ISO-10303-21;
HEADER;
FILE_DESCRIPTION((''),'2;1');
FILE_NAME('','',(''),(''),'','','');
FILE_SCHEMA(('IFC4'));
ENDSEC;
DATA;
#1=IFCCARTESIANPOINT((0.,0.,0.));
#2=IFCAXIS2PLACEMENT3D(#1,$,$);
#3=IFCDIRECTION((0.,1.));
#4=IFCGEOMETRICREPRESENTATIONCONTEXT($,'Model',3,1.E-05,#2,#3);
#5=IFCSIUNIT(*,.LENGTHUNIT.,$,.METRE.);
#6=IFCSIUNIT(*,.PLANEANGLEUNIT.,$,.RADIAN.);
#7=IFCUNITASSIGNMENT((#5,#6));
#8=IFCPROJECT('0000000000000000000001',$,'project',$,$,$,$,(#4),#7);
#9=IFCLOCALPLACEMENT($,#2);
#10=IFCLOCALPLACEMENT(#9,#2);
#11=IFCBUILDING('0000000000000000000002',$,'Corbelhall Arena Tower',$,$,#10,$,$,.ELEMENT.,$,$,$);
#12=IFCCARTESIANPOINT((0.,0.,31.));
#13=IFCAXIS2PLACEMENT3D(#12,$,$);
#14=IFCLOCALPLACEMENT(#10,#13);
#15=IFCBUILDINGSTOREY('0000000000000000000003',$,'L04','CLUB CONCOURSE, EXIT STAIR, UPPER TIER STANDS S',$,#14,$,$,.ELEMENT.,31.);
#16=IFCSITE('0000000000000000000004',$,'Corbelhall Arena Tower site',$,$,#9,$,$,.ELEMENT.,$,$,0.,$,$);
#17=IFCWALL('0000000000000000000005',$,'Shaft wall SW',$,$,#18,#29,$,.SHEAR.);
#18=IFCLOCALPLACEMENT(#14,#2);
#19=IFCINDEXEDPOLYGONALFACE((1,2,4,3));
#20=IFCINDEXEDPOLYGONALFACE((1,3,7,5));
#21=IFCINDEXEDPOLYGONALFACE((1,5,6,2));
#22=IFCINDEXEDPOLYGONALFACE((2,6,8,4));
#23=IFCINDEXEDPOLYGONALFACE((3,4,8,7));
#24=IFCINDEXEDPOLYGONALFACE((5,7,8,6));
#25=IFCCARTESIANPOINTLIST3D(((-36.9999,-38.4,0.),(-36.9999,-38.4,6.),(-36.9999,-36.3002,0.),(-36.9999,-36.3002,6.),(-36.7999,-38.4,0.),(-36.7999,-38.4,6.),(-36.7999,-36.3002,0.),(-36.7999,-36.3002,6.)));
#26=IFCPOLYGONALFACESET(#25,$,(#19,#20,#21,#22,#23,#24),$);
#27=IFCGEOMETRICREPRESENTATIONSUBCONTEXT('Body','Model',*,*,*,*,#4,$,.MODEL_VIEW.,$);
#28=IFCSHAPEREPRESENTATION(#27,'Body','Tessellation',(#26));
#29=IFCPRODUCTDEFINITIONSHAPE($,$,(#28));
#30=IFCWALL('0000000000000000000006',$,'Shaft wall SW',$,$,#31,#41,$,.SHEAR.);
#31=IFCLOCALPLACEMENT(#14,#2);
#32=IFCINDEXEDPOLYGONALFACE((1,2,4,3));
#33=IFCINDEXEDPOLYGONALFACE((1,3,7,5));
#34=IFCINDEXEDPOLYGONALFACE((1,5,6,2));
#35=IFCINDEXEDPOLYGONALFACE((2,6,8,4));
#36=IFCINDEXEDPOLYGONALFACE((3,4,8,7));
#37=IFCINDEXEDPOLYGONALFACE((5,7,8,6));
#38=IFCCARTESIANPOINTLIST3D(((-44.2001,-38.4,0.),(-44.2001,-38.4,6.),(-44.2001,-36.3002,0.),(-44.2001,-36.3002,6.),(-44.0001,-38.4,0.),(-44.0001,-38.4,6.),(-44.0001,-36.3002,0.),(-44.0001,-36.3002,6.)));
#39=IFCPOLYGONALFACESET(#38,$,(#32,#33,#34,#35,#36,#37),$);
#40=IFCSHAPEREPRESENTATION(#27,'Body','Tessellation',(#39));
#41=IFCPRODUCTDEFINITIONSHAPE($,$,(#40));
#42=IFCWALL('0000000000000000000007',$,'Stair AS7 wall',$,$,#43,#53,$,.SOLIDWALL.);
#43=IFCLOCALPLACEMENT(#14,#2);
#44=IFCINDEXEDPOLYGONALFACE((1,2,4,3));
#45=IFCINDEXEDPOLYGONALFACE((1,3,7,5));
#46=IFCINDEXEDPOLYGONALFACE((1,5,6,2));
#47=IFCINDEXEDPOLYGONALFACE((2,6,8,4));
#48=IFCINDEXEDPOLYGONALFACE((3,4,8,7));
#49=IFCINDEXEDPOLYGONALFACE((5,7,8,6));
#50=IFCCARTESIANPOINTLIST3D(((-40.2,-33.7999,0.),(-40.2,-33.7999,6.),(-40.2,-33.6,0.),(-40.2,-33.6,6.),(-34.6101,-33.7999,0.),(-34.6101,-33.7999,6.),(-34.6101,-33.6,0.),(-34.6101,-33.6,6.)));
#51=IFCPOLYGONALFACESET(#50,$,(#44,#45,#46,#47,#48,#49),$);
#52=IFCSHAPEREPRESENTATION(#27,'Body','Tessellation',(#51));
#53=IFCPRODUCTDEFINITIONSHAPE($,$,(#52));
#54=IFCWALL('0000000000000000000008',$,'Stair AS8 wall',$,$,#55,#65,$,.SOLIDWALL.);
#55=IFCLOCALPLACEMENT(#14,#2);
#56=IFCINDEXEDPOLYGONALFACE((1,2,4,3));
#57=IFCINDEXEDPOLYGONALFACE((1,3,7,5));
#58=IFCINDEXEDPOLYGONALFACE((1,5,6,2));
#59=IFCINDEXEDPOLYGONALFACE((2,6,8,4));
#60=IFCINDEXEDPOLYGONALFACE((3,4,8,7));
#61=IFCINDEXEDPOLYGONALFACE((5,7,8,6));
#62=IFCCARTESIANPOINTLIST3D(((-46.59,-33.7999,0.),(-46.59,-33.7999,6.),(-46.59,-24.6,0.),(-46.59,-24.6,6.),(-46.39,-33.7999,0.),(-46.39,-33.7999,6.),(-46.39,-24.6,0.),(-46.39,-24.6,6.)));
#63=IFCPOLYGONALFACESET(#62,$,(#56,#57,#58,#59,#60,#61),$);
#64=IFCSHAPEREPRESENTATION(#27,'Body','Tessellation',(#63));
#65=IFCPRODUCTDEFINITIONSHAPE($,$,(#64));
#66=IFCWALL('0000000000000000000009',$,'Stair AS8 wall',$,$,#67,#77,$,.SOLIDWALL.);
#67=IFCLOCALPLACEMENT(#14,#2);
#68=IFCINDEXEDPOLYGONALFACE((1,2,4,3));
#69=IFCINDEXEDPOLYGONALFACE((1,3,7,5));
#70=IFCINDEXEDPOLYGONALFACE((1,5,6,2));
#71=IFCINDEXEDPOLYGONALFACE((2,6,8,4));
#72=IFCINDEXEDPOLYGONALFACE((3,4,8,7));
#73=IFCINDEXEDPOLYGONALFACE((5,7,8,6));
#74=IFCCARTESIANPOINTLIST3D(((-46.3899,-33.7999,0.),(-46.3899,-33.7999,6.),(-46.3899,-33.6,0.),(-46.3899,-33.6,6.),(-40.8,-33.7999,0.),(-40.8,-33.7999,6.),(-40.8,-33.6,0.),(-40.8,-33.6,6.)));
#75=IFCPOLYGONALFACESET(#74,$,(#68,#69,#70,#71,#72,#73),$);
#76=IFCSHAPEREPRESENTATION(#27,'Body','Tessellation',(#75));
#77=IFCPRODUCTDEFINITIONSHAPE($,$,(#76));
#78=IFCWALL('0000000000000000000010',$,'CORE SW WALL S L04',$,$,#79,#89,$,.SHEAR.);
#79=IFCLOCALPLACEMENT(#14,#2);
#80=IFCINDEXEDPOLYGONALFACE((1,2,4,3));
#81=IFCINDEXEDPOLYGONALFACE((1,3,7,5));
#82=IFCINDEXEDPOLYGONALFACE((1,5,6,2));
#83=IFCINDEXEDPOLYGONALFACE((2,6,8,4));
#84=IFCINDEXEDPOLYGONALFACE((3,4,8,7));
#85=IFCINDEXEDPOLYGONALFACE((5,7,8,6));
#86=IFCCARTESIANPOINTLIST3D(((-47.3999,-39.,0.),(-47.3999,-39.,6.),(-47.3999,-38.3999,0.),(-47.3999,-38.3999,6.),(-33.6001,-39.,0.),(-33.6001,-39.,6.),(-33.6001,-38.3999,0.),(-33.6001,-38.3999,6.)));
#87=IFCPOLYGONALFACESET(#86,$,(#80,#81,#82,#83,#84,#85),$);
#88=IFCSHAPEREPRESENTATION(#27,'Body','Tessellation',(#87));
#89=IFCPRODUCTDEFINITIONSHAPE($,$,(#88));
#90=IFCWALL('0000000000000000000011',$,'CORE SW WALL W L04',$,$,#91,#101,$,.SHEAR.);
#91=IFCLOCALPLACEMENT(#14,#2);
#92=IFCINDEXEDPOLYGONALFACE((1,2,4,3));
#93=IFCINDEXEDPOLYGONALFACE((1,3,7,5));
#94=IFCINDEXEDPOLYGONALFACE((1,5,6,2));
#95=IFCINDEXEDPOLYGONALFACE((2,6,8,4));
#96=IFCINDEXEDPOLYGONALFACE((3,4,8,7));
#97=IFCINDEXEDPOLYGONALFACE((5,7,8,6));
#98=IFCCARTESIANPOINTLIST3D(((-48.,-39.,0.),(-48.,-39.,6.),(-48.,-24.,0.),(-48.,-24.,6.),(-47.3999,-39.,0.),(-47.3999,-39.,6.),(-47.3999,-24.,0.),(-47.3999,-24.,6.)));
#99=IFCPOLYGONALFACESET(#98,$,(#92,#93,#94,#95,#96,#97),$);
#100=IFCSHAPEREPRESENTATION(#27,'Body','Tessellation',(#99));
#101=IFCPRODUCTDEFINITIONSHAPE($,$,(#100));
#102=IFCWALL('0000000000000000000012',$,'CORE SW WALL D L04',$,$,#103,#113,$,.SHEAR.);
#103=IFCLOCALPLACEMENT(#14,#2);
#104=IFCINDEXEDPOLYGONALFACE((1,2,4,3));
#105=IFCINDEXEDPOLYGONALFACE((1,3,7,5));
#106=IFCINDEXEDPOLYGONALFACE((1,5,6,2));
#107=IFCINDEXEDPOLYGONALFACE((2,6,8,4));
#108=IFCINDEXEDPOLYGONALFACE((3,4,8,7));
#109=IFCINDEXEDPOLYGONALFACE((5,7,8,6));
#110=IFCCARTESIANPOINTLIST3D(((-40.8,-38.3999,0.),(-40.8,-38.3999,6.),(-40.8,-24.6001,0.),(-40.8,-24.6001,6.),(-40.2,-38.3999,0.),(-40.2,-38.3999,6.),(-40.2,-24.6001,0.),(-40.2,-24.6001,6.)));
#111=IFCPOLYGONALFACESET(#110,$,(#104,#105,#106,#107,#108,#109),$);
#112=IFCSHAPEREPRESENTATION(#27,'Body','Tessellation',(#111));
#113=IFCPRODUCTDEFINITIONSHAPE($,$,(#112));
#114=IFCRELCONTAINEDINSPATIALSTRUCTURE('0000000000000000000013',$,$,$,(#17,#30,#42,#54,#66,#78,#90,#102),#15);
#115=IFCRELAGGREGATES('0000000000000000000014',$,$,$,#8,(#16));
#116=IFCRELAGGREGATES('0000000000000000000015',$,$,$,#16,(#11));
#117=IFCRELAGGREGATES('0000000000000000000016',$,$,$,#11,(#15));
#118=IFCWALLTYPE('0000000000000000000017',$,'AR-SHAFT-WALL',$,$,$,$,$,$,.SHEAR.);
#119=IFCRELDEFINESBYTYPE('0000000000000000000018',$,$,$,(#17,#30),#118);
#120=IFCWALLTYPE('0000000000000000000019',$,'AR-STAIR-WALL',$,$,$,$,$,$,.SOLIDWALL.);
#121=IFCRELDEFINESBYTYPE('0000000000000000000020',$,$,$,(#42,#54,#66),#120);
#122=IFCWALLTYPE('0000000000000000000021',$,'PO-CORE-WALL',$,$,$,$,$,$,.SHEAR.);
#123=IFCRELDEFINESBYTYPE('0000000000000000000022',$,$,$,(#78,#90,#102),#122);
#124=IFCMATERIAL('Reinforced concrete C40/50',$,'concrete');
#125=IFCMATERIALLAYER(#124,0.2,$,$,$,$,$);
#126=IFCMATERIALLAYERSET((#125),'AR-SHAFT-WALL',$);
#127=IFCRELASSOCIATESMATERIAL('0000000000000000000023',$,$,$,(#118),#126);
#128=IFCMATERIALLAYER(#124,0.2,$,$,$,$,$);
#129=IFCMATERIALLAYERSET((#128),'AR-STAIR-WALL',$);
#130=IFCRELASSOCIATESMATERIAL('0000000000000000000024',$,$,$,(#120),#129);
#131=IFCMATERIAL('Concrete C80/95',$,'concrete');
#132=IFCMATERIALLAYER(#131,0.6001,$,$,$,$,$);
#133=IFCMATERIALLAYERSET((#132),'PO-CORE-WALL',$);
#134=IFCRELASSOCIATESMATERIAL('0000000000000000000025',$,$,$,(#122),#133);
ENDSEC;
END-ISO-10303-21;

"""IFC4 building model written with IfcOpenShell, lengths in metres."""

from ifc_helpers import new_model, si_unit, direction, frame, frame_2d, origin, place, context, subcontext, project, spatial, rectangle, extrude, material, layer, layer_set, type_object, element, save


model = new_model("IFC4")

# Units and contexts
model_context = context("Model", 3, precision=1e-05, world=origin(), true_north=direction((0.0, 1.0)))
body_context = subcontext(model_context, "Body", "Model", "MODEL_VIEW")
ifc_project = project(units=[si_unit("LENGTHUNIT", "METRE"), si_unit("PLANEANGLEUNIT", "RADIAN")], contexts=[model_context])

# Site, building, storey
site_placement = place(None, origin())
site = spatial("IfcSite", under=ifc_project, at=site_placement, Name="Corbelhall Arena Tower site", CompositionType="ELEMENT", RefElevation=0.0)
building_placement = place(site_placement, origin())
building = spatial("IfcBuilding", under=site, at=building_placement, Name="Corbelhall Arena Tower", CompositionType="ELEMENT")
storey_placement = place(building_placement, frame((0.0, 0.0, 31.0)))
storey = spatial("IfcBuildingStorey", under=building, at=storey_placement, Name="L04", Description="CLUB CONCOURSE, EXIT STAIR, UPPER TIER STANDS S", CompositionType="ELEMENT", Elevation=31.0)

# Shared definitions
ifc_material_1 = material(Name="Reinforced concrete C40/50", Category="concrete")
ifc_layer_1 = layer(ifc_material_1, 0.2)
ifc_layer_set_1 = layer_set([ifc_layer_1], Name="AR-SHAFT-WALL")
wall_type_1 = type_object("IfcWallType", Name="AR-SHAFT-WALL", PredefinedType="SHEAR", material=ifc_layer_set_1)

# Walls
for number, where, z_axis, x_axis, name in (
    (1, (-36.8999, -38.3999, 0.0), (0.0, 0.0, 1.0), (0.0, 1.0, 0.0), "Shaft wall SW"),
    (2, (-44.1001, -38.3999, 0.0), (0.0, 0.0, 1.0), (0.0, 1.0, 0.0), "Shaft wall SW"),
):
    element("IfcWall", number, at=place(storey_placement, frame(where, z_axis=z_axis, x_axis=x_axis)), inside=storey, type_object=wall_type_1, Name=name, PredefinedType="SHEAR", context=body_context, shape_type="SweptSolid", body=[
        extrude(rectangle(XDim=2.0999, YDim=0.2, at=frame_2d((1.0498, 0.0))), origin(), (0.0, 0.0, 1.0), 6.0),
    ])
ifc_layer_2 = layer(ifc_material_1, 0.2)
ifc_layer_set_2 = layer_set([ifc_layer_2], Name="AR-STAIR-WALL")
wall_type_2 = type_object("IfcWallType", Name="AR-STAIR-WALL", PredefinedType="SOLIDWALL", material=ifc_layer_set_2)
wall_1_placement = place(storey_placement, frame((-40.2, -33.7, 0.0), z_axis=(0.0, 0.0, 1.0), x_axis=(1.0, 0.0, 0.0)))
element("IfcWall", 3, at=wall_1_placement, inside=storey, type_object=wall_type_2, Name="Stair AS7 wall", PredefinedType="SOLIDWALL", context=body_context, shape_type="SweptSolid", body=[
    extrude(rectangle(XDim=5.5898, YDim=0.2, at=frame_2d((2.7949, 0.0))), origin(), (0.0, 0.0, 1.0), 6.0),
])
wall_2_placement = place(storey_placement, frame((-46.49, -33.8, 0.0), z_axis=(0.0, 0.0, 1.0), x_axis=(0.0, 1.0, 0.0)))
element("IfcWall", 4, at=wall_2_placement, inside=storey, type_object=wall_type_2, Name="Stair AS8 wall", PredefinedType="SOLIDWALL", context=body_context, shape_type="SweptSolid", body=[
    extrude(rectangle(XDim=9.2, YDim=0.2, at=frame_2d((4.6001, 0.0))), origin(), (0.0, 0.0, 1.0), 6.0),
])
wall_3_placement = place(storey_placement, frame((-46.3899, -33.7, 0.0), z_axis=(0.0, 0.0, 1.0), x_axis=(1.0, 0.0, 0.0)))
element("IfcWall", 5, at=wall_3_placement, inside=storey, type_object=wall_type_2, Name="Stair AS8 wall", PredefinedType="SOLIDWALL", context=body_context, shape_type="SweptSolid", body=[
    extrude(rectangle(XDim=5.5898, YDim=0.2, at=frame_2d((2.7949, 0.0))), origin(), (0.0, 0.0, 1.0), 6.0),
])
ifc_material_2 = material(Name="Concrete C80/95", Category="concrete")
ifc_layer_3 = layer(ifc_material_2, 0.6001)
ifc_layer_set_3 = layer_set([ifc_layer_3], Name="PO-CORE-WALL")
wall_type_3 = type_object("IfcWallType", Name="PO-CORE-WALL", PredefinedType="SHEAR", material=ifc_layer_set_3)
wall_4_placement = place(storey_placement, frame((-47.3999, -38.7, 0.0), z_axis=(0.0, 0.0, 1.0), x_axis=(1.0, 0.0, 0.0)))
element("IfcWall", 6, at=wall_4_placement, inside=storey, type_object=wall_type_3, Name="CORE SW WALL S L04", PredefinedType="SHEAR", context=body_context, shape_type="SweptSolid", body=[
    extrude(rectangle(XDim=13.7998, YDim=0.6001, at=frame_2d((6.8999, 0.0))), origin(), (0.0, 0.0, 1.0), 6.0),
])
wall_5_placement = place(storey_placement, frame((-47.7, -39.0, 0.0), z_axis=(0.0, 0.0, 1.0), x_axis=(0.0, 1.0, 0.0)))
element("IfcWall", 7, at=wall_5_placement, inside=storey, type_object=wall_type_3, Name="CORE SW WALL W L04", PredefinedType="SHEAR", context=body_context, shape_type="SweptSolid", body=[
    extrude(rectangle(XDim=15.0, YDim=0.6001, at=frame_2d((7.5, 0.0))), origin(), (0.0, 0.0, 1.0), 6.0),
])
wall_6_placement = place(storey_placement, frame((-40.5, -38.3999, 0.0), z_axis=(0.0, 0.0, 1.0), x_axis=(0.0, 1.0, 0.0)))
element("IfcWall", 8, at=wall_6_placement, inside=storey, type_object=wall_type_3, Name="CORE SW WALL D L04", PredefinedType="SHEAR", context=body_context, shape_type="SweptSolid", body=[
    extrude(rectangle(XDim=13.7998, YDim=0.6001, at=frame_2d((6.8999, 0.0))), origin(), (0.0, 0.0, 1.0), 6.0),
])

save(model, "model.ifc")
